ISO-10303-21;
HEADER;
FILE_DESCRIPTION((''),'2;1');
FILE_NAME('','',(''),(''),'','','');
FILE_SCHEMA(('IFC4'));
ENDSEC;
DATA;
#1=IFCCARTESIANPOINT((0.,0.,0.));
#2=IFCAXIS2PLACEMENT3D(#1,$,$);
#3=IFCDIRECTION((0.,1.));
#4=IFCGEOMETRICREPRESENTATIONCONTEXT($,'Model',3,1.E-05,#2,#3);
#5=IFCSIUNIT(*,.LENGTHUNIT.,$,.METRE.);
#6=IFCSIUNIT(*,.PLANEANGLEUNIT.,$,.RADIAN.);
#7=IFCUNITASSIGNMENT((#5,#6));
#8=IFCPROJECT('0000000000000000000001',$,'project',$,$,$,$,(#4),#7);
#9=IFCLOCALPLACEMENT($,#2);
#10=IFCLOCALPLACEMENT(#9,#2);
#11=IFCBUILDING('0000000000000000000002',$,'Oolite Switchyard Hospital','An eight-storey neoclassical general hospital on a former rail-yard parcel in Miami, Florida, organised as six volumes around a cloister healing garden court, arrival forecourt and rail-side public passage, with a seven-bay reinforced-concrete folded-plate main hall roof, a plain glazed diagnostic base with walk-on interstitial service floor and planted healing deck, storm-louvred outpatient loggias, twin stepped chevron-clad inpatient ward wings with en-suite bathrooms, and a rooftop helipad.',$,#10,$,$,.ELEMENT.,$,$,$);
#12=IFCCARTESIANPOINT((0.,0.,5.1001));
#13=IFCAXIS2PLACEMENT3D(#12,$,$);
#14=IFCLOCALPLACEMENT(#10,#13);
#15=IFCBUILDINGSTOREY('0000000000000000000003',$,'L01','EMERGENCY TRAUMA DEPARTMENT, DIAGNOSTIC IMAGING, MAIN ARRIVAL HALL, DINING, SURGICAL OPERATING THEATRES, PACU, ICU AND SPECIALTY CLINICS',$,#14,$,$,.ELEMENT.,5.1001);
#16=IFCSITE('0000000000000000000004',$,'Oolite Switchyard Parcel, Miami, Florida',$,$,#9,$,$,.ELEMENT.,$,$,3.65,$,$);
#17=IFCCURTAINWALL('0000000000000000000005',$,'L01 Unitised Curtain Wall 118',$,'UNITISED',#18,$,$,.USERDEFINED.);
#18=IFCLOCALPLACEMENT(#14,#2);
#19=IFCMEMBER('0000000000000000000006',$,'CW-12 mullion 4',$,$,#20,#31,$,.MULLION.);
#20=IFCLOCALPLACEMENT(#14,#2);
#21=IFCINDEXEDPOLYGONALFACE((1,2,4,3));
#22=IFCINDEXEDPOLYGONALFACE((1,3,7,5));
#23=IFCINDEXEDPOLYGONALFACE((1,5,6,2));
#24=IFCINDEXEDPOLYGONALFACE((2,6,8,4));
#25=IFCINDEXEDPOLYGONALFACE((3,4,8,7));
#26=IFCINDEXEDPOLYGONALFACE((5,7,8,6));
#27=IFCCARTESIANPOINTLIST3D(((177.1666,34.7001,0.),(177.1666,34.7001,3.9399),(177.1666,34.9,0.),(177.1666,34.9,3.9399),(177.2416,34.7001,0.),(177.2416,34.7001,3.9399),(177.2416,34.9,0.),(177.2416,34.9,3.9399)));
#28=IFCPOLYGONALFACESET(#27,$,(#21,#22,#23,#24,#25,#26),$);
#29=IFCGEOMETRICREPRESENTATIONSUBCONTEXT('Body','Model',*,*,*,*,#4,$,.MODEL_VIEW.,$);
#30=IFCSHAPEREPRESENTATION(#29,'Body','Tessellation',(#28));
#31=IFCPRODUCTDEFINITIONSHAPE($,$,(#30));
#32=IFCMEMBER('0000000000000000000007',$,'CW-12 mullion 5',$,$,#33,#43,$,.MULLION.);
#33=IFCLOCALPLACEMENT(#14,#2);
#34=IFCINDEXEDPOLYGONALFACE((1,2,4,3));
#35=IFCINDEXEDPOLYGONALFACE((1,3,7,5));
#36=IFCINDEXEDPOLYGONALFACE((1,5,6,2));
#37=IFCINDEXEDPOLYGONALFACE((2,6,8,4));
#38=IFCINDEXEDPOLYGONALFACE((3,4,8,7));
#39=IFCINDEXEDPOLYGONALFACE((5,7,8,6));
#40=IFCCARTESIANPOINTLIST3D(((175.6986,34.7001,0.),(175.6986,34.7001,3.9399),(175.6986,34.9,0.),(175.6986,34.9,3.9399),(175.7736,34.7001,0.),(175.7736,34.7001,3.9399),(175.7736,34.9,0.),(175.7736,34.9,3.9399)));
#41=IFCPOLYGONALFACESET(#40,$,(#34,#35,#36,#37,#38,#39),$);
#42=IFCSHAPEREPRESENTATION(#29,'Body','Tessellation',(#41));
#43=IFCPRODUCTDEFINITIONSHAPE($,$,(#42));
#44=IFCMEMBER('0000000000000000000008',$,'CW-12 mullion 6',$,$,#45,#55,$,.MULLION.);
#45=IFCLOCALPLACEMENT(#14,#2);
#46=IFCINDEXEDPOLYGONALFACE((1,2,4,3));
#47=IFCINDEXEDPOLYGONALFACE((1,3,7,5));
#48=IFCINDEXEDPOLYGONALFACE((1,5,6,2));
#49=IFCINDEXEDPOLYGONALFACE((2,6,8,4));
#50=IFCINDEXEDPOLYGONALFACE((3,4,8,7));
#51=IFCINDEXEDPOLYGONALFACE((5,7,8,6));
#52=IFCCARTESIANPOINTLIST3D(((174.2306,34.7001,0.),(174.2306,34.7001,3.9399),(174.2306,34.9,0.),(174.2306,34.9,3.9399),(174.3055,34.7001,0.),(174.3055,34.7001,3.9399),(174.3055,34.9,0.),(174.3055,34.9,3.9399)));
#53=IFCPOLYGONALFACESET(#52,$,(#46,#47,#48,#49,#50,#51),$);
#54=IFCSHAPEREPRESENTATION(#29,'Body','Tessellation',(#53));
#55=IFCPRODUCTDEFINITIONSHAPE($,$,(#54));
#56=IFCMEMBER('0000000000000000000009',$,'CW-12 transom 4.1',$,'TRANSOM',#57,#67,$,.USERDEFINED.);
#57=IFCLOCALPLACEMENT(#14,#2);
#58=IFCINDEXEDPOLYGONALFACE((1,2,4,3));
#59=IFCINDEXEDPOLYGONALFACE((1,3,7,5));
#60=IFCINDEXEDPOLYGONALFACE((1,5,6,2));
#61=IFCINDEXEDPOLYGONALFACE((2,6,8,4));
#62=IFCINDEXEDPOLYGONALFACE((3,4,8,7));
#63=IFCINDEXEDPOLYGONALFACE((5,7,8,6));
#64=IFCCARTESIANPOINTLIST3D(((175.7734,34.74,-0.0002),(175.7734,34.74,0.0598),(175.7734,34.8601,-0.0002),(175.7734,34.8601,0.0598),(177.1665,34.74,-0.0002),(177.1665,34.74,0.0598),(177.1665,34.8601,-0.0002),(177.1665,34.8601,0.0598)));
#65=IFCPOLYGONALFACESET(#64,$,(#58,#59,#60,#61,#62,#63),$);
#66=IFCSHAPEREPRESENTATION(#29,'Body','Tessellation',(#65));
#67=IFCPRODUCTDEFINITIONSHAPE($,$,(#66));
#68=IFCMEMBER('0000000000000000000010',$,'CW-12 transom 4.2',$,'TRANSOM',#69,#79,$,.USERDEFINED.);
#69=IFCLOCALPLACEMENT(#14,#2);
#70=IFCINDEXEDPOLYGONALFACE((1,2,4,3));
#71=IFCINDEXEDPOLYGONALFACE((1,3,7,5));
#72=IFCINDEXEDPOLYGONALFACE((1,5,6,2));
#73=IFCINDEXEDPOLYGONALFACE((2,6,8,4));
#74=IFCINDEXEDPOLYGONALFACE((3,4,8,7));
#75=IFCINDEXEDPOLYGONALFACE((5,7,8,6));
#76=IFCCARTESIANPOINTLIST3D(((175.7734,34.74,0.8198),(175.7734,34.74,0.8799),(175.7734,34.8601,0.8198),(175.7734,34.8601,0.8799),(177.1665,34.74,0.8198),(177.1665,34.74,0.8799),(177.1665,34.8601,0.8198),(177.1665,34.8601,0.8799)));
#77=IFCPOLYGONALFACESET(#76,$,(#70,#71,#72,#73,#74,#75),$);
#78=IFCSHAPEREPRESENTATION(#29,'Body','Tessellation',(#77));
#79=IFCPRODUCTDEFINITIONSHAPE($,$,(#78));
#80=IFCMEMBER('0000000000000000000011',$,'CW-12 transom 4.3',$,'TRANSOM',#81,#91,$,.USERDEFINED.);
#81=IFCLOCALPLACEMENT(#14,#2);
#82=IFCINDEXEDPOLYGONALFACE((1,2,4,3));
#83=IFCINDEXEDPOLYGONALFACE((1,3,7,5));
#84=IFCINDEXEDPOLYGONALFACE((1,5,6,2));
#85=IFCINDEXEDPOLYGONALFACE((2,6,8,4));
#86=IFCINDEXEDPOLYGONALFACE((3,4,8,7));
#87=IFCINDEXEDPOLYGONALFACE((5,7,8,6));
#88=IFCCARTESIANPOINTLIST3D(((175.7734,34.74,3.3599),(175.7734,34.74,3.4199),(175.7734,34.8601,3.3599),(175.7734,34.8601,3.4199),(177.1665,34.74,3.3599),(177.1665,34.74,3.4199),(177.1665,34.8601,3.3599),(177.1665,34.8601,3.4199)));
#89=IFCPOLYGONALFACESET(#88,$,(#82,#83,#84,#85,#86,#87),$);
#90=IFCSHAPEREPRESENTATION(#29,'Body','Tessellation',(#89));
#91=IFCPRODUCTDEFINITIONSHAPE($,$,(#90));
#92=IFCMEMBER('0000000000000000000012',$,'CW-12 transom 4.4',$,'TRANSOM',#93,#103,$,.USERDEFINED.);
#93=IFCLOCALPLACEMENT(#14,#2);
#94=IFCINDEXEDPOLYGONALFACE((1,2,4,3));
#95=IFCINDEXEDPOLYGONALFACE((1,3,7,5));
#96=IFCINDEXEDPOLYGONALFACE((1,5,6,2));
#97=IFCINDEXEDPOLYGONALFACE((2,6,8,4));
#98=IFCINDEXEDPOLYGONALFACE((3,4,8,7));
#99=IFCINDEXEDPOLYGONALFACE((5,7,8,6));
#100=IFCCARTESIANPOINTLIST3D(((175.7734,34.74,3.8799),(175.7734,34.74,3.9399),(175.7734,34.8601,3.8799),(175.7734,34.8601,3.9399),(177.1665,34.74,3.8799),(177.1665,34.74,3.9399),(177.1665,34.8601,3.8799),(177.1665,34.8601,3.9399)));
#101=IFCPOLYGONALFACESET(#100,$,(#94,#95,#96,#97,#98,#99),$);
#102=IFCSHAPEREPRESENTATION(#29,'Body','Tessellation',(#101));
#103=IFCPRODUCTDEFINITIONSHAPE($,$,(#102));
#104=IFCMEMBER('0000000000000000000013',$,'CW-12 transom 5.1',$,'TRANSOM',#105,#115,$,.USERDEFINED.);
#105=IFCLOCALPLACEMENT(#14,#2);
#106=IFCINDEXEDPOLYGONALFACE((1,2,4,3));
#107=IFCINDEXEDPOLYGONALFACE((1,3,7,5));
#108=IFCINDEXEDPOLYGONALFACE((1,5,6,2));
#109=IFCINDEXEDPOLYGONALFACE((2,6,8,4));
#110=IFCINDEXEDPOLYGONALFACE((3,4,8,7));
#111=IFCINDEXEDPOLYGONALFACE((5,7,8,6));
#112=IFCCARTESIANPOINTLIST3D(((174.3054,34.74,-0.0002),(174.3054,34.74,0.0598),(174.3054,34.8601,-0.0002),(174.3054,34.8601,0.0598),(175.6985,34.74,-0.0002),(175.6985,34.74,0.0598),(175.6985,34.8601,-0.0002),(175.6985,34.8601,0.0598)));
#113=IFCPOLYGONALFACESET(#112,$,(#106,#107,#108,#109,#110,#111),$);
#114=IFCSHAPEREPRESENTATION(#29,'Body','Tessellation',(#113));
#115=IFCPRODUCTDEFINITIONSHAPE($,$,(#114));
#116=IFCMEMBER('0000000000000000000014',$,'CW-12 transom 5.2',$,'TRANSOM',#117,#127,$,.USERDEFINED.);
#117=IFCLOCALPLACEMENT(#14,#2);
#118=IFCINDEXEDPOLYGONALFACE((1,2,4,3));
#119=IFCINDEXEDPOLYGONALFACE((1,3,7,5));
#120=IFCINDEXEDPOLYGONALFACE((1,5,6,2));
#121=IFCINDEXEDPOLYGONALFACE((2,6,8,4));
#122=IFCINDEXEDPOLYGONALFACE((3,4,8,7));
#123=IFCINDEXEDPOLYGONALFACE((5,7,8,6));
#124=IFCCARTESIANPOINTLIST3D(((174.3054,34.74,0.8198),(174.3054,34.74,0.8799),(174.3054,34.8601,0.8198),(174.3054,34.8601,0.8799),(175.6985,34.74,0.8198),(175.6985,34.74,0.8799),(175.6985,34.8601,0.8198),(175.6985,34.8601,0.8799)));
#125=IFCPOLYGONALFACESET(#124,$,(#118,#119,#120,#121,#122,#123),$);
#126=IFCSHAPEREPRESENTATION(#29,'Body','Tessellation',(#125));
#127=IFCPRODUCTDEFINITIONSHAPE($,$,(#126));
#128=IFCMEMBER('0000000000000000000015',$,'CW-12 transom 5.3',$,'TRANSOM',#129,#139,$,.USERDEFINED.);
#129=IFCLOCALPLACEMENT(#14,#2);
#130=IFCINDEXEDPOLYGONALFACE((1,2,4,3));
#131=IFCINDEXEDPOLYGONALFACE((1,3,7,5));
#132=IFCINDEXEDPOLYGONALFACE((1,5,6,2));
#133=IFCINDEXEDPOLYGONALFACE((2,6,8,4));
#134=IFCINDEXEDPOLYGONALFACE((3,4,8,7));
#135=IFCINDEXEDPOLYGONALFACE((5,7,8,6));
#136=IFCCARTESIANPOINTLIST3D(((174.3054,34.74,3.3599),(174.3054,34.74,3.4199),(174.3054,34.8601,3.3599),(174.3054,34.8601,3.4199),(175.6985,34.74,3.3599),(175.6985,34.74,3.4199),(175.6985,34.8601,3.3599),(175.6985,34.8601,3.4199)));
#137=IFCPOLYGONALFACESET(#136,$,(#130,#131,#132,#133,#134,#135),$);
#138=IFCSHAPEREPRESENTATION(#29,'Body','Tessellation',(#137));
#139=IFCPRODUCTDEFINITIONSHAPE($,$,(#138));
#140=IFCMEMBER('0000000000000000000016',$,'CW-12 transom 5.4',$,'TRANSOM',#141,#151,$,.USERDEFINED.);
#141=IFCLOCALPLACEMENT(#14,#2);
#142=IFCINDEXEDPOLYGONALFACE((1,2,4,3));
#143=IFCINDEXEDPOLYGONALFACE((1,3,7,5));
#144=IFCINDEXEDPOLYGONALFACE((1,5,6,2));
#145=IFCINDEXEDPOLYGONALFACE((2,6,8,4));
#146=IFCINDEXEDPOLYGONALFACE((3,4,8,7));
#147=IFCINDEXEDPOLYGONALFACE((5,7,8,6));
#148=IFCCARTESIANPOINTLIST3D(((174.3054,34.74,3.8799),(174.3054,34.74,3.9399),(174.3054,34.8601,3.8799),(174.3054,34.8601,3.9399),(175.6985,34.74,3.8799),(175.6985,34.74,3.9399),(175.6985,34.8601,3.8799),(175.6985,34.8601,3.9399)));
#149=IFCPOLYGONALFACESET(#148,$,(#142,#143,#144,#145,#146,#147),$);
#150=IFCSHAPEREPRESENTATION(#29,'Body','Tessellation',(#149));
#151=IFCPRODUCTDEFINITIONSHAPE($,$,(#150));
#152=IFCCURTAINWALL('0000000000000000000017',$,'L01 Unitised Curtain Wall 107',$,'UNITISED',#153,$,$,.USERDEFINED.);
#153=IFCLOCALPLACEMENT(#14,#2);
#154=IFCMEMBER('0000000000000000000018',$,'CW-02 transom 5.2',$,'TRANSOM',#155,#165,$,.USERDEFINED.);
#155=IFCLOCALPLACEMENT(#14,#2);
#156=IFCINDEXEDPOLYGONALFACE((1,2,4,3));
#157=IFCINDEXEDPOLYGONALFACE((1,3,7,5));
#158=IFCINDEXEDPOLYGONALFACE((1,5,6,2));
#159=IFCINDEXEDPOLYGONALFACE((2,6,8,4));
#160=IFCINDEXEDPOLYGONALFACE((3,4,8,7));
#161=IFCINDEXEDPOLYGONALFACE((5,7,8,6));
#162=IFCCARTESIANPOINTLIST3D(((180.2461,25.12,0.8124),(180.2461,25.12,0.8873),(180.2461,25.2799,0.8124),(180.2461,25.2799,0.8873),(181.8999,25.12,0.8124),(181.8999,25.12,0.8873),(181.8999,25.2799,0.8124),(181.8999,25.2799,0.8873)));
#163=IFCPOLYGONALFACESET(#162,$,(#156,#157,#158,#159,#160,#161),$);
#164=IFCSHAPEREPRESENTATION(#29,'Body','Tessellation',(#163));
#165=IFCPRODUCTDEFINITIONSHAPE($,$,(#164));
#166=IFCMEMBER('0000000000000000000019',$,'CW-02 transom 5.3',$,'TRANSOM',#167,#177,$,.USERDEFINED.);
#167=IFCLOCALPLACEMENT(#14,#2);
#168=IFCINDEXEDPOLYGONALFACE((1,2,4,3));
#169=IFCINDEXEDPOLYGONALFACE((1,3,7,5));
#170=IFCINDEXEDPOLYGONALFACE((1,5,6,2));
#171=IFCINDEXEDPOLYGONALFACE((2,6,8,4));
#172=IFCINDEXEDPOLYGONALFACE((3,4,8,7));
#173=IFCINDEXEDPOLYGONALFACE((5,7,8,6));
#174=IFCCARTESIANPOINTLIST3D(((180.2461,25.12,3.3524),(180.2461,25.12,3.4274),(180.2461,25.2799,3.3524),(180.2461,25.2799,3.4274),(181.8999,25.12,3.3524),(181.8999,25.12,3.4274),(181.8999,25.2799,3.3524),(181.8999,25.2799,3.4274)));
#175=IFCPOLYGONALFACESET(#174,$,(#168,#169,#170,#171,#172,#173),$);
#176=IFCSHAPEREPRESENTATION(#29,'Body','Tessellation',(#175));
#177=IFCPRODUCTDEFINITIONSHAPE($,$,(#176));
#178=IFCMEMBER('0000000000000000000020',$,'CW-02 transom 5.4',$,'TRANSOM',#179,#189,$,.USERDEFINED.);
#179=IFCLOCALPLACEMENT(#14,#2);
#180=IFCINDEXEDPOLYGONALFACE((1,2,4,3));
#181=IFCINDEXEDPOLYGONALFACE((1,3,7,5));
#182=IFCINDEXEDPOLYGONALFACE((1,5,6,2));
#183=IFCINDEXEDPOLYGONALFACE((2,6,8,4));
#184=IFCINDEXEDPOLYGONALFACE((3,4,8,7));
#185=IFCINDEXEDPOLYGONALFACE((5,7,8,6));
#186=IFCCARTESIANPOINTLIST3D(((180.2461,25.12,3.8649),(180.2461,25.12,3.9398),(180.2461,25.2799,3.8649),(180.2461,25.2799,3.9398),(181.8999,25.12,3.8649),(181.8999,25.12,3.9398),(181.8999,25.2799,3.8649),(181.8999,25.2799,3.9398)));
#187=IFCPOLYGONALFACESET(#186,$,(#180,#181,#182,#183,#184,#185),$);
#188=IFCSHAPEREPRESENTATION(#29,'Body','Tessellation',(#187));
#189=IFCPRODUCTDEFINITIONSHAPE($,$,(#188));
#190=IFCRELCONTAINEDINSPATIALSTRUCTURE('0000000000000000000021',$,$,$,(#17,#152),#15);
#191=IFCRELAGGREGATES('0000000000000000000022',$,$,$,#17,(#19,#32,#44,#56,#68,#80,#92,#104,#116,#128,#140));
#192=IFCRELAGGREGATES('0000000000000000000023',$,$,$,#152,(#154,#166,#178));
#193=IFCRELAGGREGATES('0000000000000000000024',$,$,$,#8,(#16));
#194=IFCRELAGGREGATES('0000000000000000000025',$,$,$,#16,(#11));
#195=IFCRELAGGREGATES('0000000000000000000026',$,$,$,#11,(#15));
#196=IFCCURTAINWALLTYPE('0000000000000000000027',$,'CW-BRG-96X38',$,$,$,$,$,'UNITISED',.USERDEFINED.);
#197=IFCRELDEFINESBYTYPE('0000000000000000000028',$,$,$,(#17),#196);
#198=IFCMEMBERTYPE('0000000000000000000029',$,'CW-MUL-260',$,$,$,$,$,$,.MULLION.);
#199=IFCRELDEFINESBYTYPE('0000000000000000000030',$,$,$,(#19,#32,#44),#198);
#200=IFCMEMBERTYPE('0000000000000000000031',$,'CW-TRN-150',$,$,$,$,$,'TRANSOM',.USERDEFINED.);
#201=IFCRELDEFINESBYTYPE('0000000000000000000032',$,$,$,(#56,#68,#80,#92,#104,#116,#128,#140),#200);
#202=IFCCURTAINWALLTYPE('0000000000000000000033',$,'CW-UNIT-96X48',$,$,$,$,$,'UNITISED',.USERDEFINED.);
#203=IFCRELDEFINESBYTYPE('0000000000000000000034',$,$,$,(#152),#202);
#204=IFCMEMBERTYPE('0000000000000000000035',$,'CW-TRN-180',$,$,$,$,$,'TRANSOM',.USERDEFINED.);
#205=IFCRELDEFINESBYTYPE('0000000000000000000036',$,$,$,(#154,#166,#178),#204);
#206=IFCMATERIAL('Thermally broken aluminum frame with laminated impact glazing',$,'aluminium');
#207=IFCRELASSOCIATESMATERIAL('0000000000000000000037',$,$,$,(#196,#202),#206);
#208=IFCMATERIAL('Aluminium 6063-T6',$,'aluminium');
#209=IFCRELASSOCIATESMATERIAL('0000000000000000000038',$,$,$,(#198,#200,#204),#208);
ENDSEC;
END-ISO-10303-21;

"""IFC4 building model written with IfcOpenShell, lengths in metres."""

from ifc_helpers import new_model, si_unit, direction, frame, origin, origin_2d, place, context, subcontext, project, spatial, rectangle, extrude, material, material_profile, profile_set, type_object, element, aggregate, save


model = new_model("IFC4")

# Units and contexts
model_context = context("Model", 3, precision=1e-05, world=origin(), true_north=direction((0.0, 1.0)))
body_context = subcontext(model_context, "Body", "Model", "MODEL_VIEW")
ifc_project = project(units=[si_unit("LENGTHUNIT", "METRE"), si_unit("PLANEANGLEUNIT", "RADIAN")], contexts=[model_context])

# Site, building, storey
site_placement = place(None, origin())
site = spatial("IfcSite", under=ifc_project, at=site_placement, Name="Oolite Switchyard Parcel, Miami, Florida", CompositionType="ELEMENT", RefElevation=3.65)
building_placement = place(site_placement, origin())
building = spatial("IfcBuilding", under=site, at=building_placement, Name="Oolite Switchyard Hospital", Description="An eight-storey neoclassical general hospital on a former rail-yard parcel in Miami, Florida, organised as six volumes around a cloister healing garden court, arrival forecourt and rail-side public passage, with a seven-bay reinforced-concrete folded-plate main hall roof, a plain glazed diagnostic base with walk-on interstitial service floor and planted healing deck, storm-louvred outpatient loggias, twin stepped chevron-clad inpatient ward wings with en-suite bathrooms, and a rooftop helipad.", CompositionType="ELEMENT")
storey_placement = place(building_placement, frame((0.0, 0.0, 5.1001)))
storey = spatial("IfcBuildingStorey", under=building, at=storey_placement, Name="L01", Description="EMERGENCY TRAUMA DEPARTMENT, DIAGNOSTIC IMAGING, MAIN ARRIVAL HALL, DINING, SURGICAL OPERATING THEATRES, PACU, ICU AND SPECIALTY CLINICS", CompositionType="ELEMENT", Elevation=5.1001)

# Curtain walls, members
ifc_material_1 = material(Name="Thermally broken aluminum frame with laminated impact glazing", Category="aluminium")
curtain_wall_type_1 = type_object("IfcCurtainWallType", Name="CW-BRG-96X38", ElementType="UNITISED", PredefinedType="USERDEFINED", material=ifc_material_1)
curtain_wall_1_placement = place(storey_placement, origin())
curtain_wall_1 = element("IfcCurtainWall", 1, at=curtain_wall_1_placement, inside=storey, type_object=curtain_wall_type_1, Name="L01 Unitised Curtain Wall 118", ObjectType="UNITISED", PredefinedType="USERDEFINED")
ifc_material_2 = material(Name="Aluminium 6063-T6", Category="aluminium")
ifc_material_profile_1 = material_profile(ifc_material_2, rectangle(XDim=0.2, YDim=0.075, at=origin_2d()), Name="CWM75X200")
ifc_profile_set_1 = profile_set([ifc_material_profile_1], Name="Aluminium 6063-T6")
member_type_1 = type_object("IfcMemberType", Name="CW-MUL-260", PredefinedType="MULLION", material=ifc_profile_set_1)
member_1_placement = place(storey_placement, frame((177.2041, 34.8, 0.0), z_axis=(0.0, 0.0, 1.0), x_axis=(0.0, -1.0, 0.0)))
member_1 = element("IfcMember", 2, at=member_1_placement, type_object=member_type_1, Name="CW-12 mullion 4", PredefinedType="MULLION", context=body_context, shape_type="SweptSolid", body=[
    extrude(rectangle(XDim=0.2, YDim=0.075, at=origin_2d()), origin(), (0.0, 0.0, 1.0), 3.9399),
])
member_2_placement = place(storey_placement, frame((175.7361, 34.8, 0.0), z_axis=(0.0, 0.0, 1.0), x_axis=(0.0, -1.0, 0.0)))
member_2 = element("IfcMember", 3, at=member_2_placement, type_object=member_type_1, Name="CW-12 mullion 5", PredefinedType="MULLION", context=body_context, shape_type="SweptSolid", body=[
    extrude(rectangle(XDim=0.2, YDim=0.075, at=origin_2d()), origin(), (0.0, 0.0, 1.0), 3.9399),
])
member_3_placement = place(storey_placement, frame((174.2681, 34.8, 0.0), z_axis=(0.0, 0.0, 1.0), x_axis=(0.0, -1.0, 0.0)))
member_3 = element("IfcMember", 4, at=member_3_placement, type_object=member_type_1, Name="CW-12 mullion 6", PredefinedType="MULLION", context=body_context, shape_type="SweptSolid", body=[
    extrude(rectangle(XDim=0.2, YDim=0.075, at=origin_2d()), origin(), (0.0, 0.0, 1.0), 3.9399),
])
ifc_material_profile_2 = material_profile(ifc_material_2, rectangle(XDim=0.1201, YDim=0.0601, at=origin_2d()), Name="CWT60X120")
ifc_profile_set_2 = profile_set([ifc_material_profile_2], Name="Aluminium 6063-T6")
member_type_2 = type_object("IfcMemberType", Name="CW-TRN-150", ElementType="TRANSOM", PredefinedType="USERDEFINED", material=ifc_profile_set_2)
member_4_placement = place(storey_placement, frame((177.1665, 34.8, 0.0298), z_axis=(-1.0, 0.0, 0.0), x_axis=(0.0, -1.0, 0.0)))
member_4 = element("IfcMember", 5, at=member_4_placement, type_object=member_type_2, Name="CW-12 transom 4.1", ObjectType="TRANSOM", PredefinedType="USERDEFINED", context=body_context, shape_type="SweptSolid", body=[
    extrude(rectangle(XDim=0.1201, YDim=0.0601, at=origin_2d()), origin(), (0.0, 0.0, 1.0), 1.3931),
])
member_5_placement = place(storey_placement, frame((177.1665, 34.8, 0.8499), z_axis=(-1.0, 0.0, 0.0), x_axis=(0.0, -1.0, 0.0)))
member_5 = element("IfcMember", 6, at=member_5_placement, type_object=member_type_2, Name="CW-12 transom 4.2", ObjectType="TRANSOM", PredefinedType="USERDEFINED", context=body_context, shape_type="SweptSolid", body=[
    extrude(rectangle(XDim=0.1201, YDim=0.0601, at=origin_2d()), origin(), (0.0, 0.0, 1.0), 1.3931),
])
member_6_placement = place(storey_placement, frame((177.1665, 34.8, 3.3899), z_axis=(-1.0, 0.0, 0.0), x_axis=(0.0, -1.0, 0.0)))
member_6 = element("IfcMember", 7, at=member_6_placement, type_object=member_type_2, Name="CW-12 transom 4.3", ObjectType="TRANSOM", PredefinedType="USERDEFINED", context=body_context, shape_type="SweptSolid", body=[
    extrude(rectangle(XDim=0.1201, YDim=0.0601, at=origin_2d()), origin(), (0.0, 0.0, 1.0), 1.3931),
])
member_7_placement = place(storey_placement, frame((177.1665, 34.8, 3.9099), z_axis=(-1.0, 0.0, 0.0), x_axis=(0.0, -1.0, 0.0)))
member_7 = element("IfcMember", 8, at=member_7_placement, type_object=member_type_2, Name="CW-12 transom 4.4", ObjectType="TRANSOM", PredefinedType="USERDEFINED", context=body_context, shape_type="SweptSolid", body=[
    extrude(rectangle(XDim=0.1201, YDim=0.0601, at=origin_2d()), origin(), (0.0, 0.0, 1.0), 1.3931),
])
member_8_placement = place(storey_placement, frame((175.6985, 34.8, 0.0298), z_axis=(-1.0, 0.0, 0.0), x_axis=(0.0, -1.0, 0.0)))
member_8 = element("IfcMember", 9, at=member_8_placement, type_object=member_type_2, Name="CW-12 transom 5.1", ObjectType="TRANSOM", PredefinedType="USERDEFINED", context=body_context, shape_type="SweptSolid", body=[
    extrude(rectangle(XDim=0.1201, YDim=0.0601, at=origin_2d()), origin(), (0.0, 0.0, 1.0), 1.3931),
])
member_9_placement = place(storey_placement, frame((175.6985, 34.8, 0.8499), z_axis=(-1.0, 0.0, 0.0), x_axis=(0.0, -1.0, 0.0)))
member_9 = element("IfcMember", 10, at=member_9_placement, type_object=member_type_2, Name="CW-12 transom 5.2", ObjectType="TRANSOM", PredefinedType="USERDEFINED", context=body_context, shape_type="SweptSolid", body=[
    extrude(rectangle(XDim=0.1201, YDim=0.0601, at=origin_2d()), origin(), (0.0, 0.0, 1.0), 1.3931),
])
member_10_placement = place(storey_placement, frame((175.6985, 34.8, 3.3899), z_axis=(-1.0, 0.0, 0.0), x_axis=(0.0, -1.0, 0.0)))
member_10 = element("IfcMember", 11, at=member_10_placement, type_object=member_type_2, Name="CW-12 transom 5.3", ObjectType="TRANSOM", PredefinedType="USERDEFINED", context=body_context, shape_type="SweptSolid", body=[
    extrude(rectangle(XDim=0.1201, YDim=0.0601, at=origin_2d()), origin(), (0.0, 0.0, 1.0), 1.3931),
])
member_11_placement = place(storey_placement, frame((175.6985, 34.8, 3.9099), z_axis=(-1.0, 0.0, 0.0), x_axis=(0.0, -1.0, 0.0)))
member_11 = element("IfcMember", 12, at=member_11_placement, type_object=member_type_2, Name="CW-12 transom 5.4", ObjectType="TRANSOM", PredefinedType="USERDEFINED", context=body_context, shape_type="SweptSolid", body=[
    extrude(rectangle(XDim=0.1201, YDim=0.0601, at=origin_2d()), origin(), (0.0, 0.0, 1.0), 1.3931),
])
curtain_wall_type_2 = type_object("IfcCurtainWallType", Name="CW-UNIT-96X48", ElementType="UNITISED", PredefinedType="USERDEFINED", material=ifc_material_1)
curtain_wall_2_placement = place(storey_placement, origin())
curtain_wall_2 = element("IfcCurtainWall", 13, at=curtain_wall_2_placement, inside=storey, type_object=curtain_wall_type_2, Name="L01 Unitised Curtain Wall 107", ObjectType="UNITISED", PredefinedType="USERDEFINED")
ifc_material_profile_3 = material_profile(ifc_material_2, rectangle(XDim=0.1599, YDim=0.075, at=origin_2d()), Name="CWT75X160")
ifc_profile_set_3 = profile_set([ifc_material_profile_3], Name="Aluminium 6063-T6")
member_type_3 = type_object("IfcMemberType", Name="CW-TRN-180", ElementType="TRANSOM", PredefinedType="USERDEFINED", material=ifc_profile_set_3)
member_12_placement = place(storey_placement, frame((180.2461, 25.2, 0.8499), z_axis=(1.0, 0.0, 0.0), x_axis=(0.0, 1.0, 0.0)))
member_12 = element("IfcMember", 14, at=member_12_placement, type_object=member_type_3, Name="CW-02 transom 5.2", ObjectType="TRANSOM", PredefinedType="USERDEFINED", context=body_context, shape_type="SweptSolid", body=[
    extrude(rectangle(XDim=0.1599, YDim=0.075, at=origin_2d()), origin(), (0.0, 0.0, 1.0), 1.6538),
])
member_13_placement = place(storey_placement, frame((180.2461, 25.2, 3.3899), z_axis=(1.0, 0.0, 0.0), x_axis=(0.0, 1.0, 0.0)))
member_13 = element("IfcMember", 15, at=member_13_placement, type_object=member_type_3, Name="CW-02 transom 5.3", ObjectType="TRANSOM", PredefinedType="USERDEFINED", context=body_context, shape_type="SweptSolid", body=[
    extrude(rectangle(XDim=0.1599, YDim=0.075, at=origin_2d()), origin(), (0.0, 0.0, 1.0), 1.6538),
])
member_14_placement = place(storey_placement, frame((180.2461, 25.2, 3.9023), z_axis=(1.0, 0.0, 0.0), x_axis=(0.0, 1.0, 0.0)))
member_14 = element("IfcMember", 16, at=member_14_placement, type_object=member_type_3, Name="CW-02 transom 5.4", ObjectType="TRANSOM", PredefinedType="USERDEFINED", context=body_context, shape_type="SweptSolid", body=[
    extrude(rectangle(XDim=0.1599, YDim=0.075, at=origin_2d()), origin(), (0.0, 0.0, 1.0), 1.6538),
])

aggregate(curtain_wall_1, [member_1, member_2, member_3, member_4, member_5, member_6, member_7, member_8, member_9, member_10, member_11])
aggregate(curtain_wall_2, [member_12, member_13, member_14])

save(model, "model.ifc")
